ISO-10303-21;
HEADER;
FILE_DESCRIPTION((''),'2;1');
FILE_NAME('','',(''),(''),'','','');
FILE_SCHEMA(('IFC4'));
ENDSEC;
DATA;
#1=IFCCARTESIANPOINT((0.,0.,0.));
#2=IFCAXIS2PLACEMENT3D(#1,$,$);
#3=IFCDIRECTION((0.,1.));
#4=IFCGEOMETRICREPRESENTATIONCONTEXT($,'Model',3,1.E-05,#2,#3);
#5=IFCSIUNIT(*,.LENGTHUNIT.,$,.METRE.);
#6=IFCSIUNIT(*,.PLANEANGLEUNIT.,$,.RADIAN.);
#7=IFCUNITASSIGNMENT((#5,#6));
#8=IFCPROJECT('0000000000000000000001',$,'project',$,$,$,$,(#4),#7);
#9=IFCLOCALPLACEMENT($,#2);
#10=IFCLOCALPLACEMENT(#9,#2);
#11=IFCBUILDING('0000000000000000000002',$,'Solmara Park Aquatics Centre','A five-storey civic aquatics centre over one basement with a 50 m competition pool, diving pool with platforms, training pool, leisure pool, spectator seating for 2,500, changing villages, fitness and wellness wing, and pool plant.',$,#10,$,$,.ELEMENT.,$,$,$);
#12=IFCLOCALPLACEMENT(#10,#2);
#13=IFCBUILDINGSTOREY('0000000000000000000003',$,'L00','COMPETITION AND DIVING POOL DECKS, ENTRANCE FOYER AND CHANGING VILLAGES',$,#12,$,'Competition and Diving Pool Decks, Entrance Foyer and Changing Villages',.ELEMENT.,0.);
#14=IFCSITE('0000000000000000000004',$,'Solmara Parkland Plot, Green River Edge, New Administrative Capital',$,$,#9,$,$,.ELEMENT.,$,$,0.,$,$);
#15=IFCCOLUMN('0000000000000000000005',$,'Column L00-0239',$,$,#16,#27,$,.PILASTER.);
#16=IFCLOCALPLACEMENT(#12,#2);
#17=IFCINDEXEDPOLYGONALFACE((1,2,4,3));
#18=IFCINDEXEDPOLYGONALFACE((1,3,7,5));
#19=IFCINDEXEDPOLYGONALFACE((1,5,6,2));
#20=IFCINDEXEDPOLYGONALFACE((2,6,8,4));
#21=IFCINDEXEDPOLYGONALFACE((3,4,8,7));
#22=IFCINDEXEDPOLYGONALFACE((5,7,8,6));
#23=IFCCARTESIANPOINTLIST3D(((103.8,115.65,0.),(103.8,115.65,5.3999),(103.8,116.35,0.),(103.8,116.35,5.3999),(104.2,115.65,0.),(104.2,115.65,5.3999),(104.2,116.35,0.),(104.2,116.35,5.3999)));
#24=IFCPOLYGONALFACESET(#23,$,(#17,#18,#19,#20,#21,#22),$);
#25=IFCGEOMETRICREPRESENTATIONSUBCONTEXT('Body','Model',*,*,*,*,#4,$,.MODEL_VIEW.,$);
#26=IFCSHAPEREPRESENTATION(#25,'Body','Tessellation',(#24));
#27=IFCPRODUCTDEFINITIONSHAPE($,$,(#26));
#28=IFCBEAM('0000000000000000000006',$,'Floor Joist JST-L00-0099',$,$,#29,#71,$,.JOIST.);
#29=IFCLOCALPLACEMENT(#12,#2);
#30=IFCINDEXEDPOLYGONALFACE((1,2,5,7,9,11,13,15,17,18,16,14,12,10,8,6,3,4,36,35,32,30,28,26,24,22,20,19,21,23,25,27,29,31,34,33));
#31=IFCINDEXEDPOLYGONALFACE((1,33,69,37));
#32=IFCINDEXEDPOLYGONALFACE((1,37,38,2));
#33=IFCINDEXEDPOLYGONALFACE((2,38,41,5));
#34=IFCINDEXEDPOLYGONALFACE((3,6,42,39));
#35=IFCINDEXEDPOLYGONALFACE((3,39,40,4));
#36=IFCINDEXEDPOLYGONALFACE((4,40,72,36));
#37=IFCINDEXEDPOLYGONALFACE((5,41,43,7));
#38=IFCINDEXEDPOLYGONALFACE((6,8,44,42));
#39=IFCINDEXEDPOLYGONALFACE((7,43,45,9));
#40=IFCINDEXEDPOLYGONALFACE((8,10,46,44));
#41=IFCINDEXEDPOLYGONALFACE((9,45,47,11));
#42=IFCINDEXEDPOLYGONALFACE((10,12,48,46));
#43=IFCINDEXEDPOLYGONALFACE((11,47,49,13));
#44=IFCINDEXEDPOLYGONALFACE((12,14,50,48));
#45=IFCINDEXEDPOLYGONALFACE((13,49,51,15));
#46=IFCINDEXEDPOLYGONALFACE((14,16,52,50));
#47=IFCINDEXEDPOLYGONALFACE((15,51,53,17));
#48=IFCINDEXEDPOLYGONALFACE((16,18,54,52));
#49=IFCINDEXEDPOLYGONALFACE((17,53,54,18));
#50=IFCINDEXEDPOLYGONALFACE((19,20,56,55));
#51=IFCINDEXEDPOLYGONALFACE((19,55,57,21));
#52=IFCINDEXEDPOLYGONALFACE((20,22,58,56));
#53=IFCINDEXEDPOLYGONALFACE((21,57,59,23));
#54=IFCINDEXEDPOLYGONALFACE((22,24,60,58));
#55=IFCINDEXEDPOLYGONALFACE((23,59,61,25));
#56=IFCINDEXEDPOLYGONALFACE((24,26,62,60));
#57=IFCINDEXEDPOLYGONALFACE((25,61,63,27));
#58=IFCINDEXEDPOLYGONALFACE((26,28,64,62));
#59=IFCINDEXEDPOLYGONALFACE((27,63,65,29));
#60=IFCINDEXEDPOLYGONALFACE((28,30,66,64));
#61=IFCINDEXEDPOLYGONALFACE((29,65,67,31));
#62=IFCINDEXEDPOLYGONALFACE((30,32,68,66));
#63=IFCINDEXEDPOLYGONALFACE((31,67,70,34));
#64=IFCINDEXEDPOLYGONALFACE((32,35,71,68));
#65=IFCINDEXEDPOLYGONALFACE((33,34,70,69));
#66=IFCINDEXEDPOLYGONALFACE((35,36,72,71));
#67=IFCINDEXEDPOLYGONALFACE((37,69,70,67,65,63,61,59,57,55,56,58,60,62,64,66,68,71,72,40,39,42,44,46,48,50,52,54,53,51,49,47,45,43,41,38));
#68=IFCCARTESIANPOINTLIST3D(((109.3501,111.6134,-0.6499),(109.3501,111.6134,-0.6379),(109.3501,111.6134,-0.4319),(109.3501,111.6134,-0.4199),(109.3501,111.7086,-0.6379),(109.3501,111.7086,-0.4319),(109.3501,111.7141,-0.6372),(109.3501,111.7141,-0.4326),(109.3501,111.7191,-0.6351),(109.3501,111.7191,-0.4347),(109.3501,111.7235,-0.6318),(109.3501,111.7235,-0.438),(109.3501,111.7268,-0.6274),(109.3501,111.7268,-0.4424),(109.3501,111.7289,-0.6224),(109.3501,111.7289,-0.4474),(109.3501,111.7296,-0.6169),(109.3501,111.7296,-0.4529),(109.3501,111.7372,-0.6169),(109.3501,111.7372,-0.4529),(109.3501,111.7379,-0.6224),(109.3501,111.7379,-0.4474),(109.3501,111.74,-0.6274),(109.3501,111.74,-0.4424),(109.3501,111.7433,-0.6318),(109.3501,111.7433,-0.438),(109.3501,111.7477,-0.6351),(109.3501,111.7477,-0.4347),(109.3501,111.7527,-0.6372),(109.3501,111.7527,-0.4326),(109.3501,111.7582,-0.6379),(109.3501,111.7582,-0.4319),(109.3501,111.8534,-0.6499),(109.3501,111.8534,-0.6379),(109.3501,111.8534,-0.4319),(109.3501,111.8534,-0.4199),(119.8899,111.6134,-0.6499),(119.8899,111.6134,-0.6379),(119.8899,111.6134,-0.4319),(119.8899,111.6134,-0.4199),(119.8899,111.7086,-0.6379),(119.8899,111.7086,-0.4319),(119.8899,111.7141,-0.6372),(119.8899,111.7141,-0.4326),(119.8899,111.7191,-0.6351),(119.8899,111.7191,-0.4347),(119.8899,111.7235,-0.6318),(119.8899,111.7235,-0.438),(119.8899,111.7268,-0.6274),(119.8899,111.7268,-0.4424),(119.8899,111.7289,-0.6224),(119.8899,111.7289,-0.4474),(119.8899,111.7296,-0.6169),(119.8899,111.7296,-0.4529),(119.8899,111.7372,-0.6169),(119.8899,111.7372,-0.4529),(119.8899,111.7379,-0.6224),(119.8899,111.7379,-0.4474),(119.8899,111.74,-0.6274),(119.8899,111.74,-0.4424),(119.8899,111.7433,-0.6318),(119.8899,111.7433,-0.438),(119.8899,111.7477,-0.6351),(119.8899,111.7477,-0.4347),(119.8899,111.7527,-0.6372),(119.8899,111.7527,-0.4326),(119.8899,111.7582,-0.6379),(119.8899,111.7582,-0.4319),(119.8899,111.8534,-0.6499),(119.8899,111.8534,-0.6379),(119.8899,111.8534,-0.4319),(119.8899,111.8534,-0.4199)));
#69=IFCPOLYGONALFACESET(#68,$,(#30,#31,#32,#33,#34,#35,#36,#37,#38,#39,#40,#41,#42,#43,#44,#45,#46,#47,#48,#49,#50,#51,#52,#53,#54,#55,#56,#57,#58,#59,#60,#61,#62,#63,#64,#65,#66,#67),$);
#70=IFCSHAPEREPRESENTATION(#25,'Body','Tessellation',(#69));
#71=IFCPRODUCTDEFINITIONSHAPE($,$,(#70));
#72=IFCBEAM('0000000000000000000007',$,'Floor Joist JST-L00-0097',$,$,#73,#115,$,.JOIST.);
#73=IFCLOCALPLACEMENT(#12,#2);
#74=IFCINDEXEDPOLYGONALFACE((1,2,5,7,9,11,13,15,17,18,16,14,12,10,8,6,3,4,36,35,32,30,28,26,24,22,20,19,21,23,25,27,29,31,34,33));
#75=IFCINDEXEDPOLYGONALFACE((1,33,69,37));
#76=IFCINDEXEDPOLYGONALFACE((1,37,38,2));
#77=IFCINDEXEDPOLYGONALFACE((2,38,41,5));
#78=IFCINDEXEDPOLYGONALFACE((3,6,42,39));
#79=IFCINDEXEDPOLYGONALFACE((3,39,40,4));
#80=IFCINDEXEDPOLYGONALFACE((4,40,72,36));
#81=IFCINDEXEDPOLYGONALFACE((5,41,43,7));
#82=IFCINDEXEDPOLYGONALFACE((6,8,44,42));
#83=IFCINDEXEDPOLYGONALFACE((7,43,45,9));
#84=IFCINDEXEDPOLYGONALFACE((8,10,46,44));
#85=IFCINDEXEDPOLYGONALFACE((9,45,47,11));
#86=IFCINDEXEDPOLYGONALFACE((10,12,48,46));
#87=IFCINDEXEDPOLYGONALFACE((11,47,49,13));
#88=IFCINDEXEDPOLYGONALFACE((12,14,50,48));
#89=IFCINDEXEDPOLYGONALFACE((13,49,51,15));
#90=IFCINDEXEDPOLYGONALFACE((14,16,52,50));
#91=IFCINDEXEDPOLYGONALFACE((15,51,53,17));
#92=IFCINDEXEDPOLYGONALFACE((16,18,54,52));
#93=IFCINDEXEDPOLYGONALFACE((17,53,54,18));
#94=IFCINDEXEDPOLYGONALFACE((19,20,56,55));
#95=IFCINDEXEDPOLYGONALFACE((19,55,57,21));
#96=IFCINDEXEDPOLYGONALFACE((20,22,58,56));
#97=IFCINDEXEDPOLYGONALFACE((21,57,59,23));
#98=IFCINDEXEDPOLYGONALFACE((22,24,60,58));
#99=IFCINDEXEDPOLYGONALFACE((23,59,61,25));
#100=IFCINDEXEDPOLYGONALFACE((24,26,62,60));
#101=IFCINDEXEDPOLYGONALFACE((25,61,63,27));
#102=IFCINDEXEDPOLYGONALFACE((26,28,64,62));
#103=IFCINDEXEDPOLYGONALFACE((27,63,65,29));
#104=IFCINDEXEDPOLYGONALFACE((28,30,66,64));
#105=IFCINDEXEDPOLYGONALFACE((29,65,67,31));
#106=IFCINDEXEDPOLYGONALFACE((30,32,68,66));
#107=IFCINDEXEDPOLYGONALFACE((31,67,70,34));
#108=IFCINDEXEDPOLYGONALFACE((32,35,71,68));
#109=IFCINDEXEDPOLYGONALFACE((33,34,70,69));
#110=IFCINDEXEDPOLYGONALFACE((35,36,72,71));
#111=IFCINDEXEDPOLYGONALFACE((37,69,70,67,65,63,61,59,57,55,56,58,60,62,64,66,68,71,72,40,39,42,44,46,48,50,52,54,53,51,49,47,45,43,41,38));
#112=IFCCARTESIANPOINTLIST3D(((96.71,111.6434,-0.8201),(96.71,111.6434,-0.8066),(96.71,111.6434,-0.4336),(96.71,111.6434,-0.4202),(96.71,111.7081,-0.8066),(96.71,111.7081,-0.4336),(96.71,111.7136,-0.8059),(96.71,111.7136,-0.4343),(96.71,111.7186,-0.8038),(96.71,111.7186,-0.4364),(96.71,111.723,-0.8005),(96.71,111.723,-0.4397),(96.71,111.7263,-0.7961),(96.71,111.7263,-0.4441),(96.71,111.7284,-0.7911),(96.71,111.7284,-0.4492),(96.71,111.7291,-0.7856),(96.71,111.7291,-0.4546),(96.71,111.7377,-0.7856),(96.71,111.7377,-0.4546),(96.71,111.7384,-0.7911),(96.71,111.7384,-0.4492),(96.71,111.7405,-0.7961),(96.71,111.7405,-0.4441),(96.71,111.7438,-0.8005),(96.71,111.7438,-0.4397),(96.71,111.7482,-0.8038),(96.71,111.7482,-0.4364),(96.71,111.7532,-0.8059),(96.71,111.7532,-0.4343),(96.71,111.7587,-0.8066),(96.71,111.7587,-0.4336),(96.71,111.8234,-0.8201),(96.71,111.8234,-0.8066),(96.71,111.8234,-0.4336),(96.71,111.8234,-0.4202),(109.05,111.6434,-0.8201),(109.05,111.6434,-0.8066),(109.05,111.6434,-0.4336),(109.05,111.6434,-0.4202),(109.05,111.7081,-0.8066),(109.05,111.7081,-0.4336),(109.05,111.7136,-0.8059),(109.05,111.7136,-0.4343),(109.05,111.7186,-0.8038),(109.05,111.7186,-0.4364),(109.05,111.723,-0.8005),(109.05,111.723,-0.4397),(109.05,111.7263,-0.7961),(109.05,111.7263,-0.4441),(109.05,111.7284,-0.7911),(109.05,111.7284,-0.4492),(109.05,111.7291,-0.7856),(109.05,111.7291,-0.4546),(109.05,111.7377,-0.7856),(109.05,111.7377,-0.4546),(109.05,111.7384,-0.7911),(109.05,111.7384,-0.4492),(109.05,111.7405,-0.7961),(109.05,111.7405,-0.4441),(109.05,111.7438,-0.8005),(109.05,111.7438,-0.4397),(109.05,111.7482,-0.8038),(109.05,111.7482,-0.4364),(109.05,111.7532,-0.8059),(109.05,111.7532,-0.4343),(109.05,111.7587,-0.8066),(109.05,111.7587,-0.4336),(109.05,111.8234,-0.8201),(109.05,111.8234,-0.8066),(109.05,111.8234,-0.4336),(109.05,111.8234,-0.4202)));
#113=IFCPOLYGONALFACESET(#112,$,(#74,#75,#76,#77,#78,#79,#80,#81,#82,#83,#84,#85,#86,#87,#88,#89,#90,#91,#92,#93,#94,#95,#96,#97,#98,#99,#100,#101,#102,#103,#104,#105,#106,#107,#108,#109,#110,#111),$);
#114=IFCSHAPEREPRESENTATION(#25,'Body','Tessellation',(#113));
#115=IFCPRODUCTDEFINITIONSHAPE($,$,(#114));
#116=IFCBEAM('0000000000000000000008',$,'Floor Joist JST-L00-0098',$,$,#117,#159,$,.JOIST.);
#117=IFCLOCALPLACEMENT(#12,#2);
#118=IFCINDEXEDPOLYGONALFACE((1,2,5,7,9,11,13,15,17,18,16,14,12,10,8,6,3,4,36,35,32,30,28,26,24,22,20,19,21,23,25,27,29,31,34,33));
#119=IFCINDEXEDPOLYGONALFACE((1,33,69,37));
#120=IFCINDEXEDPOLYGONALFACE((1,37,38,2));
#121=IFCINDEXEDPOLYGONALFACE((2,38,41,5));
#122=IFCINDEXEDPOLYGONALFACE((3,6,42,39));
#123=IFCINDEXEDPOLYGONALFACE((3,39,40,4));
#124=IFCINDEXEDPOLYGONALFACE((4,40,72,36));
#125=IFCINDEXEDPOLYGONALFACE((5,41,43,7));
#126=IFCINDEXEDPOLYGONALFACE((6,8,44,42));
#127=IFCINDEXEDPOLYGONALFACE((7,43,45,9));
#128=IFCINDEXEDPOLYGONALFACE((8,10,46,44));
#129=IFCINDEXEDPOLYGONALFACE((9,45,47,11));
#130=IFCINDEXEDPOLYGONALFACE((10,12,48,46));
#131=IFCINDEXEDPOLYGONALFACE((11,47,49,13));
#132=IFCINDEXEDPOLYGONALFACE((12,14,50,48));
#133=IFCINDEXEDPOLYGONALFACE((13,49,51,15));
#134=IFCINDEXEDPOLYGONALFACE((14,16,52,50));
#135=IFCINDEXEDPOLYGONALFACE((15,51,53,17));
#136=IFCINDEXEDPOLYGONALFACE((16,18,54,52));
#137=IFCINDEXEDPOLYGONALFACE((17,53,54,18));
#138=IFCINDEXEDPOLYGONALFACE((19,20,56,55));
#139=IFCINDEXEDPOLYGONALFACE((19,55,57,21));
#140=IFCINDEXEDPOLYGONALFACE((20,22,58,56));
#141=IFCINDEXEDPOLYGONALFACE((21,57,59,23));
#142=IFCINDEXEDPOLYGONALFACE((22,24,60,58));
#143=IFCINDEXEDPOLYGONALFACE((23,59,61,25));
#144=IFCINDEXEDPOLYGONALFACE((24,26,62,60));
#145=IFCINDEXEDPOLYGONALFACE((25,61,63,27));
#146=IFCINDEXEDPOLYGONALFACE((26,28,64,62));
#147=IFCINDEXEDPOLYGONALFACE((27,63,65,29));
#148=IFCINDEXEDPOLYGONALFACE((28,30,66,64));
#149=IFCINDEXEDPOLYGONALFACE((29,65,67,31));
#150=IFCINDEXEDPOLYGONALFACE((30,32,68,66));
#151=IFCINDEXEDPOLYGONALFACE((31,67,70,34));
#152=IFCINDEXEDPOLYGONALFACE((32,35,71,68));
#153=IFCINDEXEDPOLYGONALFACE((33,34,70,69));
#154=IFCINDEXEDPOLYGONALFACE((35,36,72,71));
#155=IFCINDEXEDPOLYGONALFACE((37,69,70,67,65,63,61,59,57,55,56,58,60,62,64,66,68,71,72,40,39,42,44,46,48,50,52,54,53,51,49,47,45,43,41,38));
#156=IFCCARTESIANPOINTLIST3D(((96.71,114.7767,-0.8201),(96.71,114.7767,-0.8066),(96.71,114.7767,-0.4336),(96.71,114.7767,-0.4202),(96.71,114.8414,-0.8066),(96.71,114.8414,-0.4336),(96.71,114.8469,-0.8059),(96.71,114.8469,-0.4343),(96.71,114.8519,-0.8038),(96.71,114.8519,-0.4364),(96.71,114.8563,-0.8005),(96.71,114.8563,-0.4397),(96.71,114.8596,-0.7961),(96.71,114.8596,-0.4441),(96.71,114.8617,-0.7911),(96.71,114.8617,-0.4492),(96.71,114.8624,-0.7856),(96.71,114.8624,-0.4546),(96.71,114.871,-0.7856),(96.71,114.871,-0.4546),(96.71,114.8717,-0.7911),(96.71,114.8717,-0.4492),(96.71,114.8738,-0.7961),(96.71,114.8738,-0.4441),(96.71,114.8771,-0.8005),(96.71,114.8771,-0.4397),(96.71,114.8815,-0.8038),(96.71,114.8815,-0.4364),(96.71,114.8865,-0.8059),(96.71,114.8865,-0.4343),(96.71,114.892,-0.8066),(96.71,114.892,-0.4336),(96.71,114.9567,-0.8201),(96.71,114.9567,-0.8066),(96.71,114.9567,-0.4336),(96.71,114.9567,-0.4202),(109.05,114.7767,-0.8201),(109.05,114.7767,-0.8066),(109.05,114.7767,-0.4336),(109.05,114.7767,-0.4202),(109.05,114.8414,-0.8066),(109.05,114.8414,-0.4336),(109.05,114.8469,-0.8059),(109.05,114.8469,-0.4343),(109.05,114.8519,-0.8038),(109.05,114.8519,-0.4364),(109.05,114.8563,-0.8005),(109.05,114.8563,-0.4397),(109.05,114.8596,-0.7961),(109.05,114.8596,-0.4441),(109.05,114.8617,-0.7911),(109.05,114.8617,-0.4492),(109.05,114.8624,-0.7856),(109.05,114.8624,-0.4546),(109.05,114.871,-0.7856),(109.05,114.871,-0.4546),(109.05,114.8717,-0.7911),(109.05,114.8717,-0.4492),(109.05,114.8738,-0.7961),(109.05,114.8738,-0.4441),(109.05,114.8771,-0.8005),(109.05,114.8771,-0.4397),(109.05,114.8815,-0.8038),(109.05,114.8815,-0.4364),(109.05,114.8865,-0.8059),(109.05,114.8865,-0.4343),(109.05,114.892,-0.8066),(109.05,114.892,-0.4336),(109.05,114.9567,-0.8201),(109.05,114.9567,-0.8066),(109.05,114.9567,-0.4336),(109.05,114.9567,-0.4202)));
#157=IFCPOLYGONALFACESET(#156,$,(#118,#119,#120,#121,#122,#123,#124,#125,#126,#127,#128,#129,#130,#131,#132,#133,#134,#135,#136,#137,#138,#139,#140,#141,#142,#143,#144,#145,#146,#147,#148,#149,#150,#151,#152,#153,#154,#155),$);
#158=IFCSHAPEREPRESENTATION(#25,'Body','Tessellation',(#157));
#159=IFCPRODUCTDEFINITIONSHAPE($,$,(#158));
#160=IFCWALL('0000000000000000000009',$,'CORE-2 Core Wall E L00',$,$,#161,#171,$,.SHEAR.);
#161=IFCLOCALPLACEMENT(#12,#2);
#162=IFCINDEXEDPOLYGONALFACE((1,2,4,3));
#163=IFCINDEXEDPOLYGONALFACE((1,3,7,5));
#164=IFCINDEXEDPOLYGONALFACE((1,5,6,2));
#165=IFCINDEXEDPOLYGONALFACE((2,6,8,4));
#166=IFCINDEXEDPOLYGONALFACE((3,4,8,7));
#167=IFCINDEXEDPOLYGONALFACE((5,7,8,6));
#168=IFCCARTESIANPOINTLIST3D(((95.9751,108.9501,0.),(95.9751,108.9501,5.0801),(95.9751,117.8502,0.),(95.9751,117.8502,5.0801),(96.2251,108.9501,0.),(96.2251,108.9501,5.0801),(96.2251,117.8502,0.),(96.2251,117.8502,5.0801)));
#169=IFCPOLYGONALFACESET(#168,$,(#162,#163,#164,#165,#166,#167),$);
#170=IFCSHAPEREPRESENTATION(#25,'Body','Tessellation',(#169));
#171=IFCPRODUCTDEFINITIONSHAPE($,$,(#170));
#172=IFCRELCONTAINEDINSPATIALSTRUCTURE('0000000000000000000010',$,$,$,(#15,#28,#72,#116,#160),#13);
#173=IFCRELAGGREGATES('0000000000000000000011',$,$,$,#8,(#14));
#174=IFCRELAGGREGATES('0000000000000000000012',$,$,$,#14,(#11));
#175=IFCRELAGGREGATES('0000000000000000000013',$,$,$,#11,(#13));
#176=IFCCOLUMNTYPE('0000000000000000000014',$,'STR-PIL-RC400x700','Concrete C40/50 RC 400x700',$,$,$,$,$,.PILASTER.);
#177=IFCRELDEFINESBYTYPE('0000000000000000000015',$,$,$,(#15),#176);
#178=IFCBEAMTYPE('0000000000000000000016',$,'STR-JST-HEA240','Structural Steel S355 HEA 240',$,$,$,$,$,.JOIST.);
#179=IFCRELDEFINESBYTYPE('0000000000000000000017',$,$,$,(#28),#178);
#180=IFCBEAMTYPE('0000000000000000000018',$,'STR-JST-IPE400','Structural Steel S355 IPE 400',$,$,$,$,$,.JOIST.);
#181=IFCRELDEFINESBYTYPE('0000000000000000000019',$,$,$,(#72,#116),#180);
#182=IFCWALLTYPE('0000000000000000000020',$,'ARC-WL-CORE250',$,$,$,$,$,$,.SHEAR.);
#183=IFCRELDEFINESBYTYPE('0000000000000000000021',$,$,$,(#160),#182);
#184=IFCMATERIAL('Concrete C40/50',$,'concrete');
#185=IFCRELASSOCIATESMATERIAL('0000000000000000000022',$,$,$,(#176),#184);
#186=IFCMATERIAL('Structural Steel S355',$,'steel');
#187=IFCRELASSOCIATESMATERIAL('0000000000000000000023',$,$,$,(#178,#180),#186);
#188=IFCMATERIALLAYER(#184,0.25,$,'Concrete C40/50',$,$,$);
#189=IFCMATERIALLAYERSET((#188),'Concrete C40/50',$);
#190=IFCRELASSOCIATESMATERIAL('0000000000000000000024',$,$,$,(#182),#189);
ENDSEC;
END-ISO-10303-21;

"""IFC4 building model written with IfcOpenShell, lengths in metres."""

from ifc_helpers import new_model, si_unit, direction, frame, frame_2d, origin, origin_2d, place, context, subcontext, project, spatial, rectangle, i_section, extrude, material, layer, layer_set, material_profile, profile_set, type_object, element, save


model = new_model("IFC4")

# Units and contexts
model_context = context("Model", 3, precision=1e-05, world=origin(), true_north=direction((0.0, 1.0)))
body_context = subcontext(model_context, "Body", "Model", "MODEL_VIEW")
ifc_project = project(units=[si_unit("LENGTHUNIT", "METRE"), si_unit("PLANEANGLEUNIT", "RADIAN")], contexts=[model_context])

# Site, building, storey
site_placement = place(None, origin())
site = spatial("IfcSite", under=ifc_project, at=site_placement, Name="Solmara Parkland Plot, Green River Edge, New Administrative Capital", CompositionType="ELEMENT", RefElevation=0.0)
building_placement = place(site_placement, origin())
building = spatial("IfcBuilding", under=site, at=building_placement, Name="Solmara Park Aquatics Centre", Description="A five-storey civic aquatics centre over one basement with a 50 m competition pool, diving pool with platforms, training pool, leisure pool, spectator seating for 2,500, changing villages, fitness and wellness wing, and pool plant.", CompositionType="ELEMENT")
storey_placement = place(building_placement, origin())
storey = spatial("IfcBuildingStorey", under=building, at=storey_placement, Name="L00", Description="COMPETITION AND DIVING POOL DECKS, ENTRANCE FOYER AND CHANGING VILLAGES", LongName="Competition and Diving Pool Decks, Entrance Foyer and Changing Villages", CompositionType="ELEMENT", Elevation=0.0)

# Column
ifc_material_1 = material(Name="Concrete C40/50", Category="concrete")
ifc_material_profile_1 = material_profile(ifc_material_1, rectangle(XDim=0.3999, YDim=0.7, at=origin_2d()), Name="RC 400x700")
ifc_profile_set_1 = profile_set([ifc_material_profile_1], Name="Concrete C40/50")
column_type = type_object("IfcColumnType", Name="STR-PIL-RC400x700", Description="Concrete C40/50 RC 400x700", PredefinedType="PILASTER", material=ifc_profile_set_1)
column_placement = place(storey_placement, frame((104.0, 116.0, 0.0), z_axis=(0.0, 0.0, 1.0), x_axis=(1.0, 0.0, 0.0)))
element("IfcColumn", 1, at=column_placement, inside=storey, type_object=column_type, Name="Column L00-0239", PredefinedType="PILASTER", context=body_context, shape_type="SweptSolid", body=[
    extrude(rectangle(XDim=0.3999, YDim=0.7, at=origin_2d()), origin(), (0.0, 0.0, 1.0), 5.3999),
])

# Beams
ifc_material_2 = material(Name="Structural Steel S355", Category="steel")
ifc_material_profile_2 = material_profile(ifc_material_2, i_section(OverallWidth=0.24, OverallDepth=0.23, WebThickness=0.0076, FlangeThickness=0.012, FilletRadius=0.021, at=origin_2d()), Name="HEA 240")
ifc_profile_set_2 = profile_set([ifc_material_profile_2], Name="Structural Steel S355")
beam_type_1 = type_object("IfcBeamType", Name="STR-JST-HEA240", Description="Structural Steel S355 HEA 240", PredefinedType="JOIST", material=ifc_profile_set_2)
beam_placement = place(storey_placement, frame((109.3501, 111.7334, -0.5349), z_axis=(1.0, 0.0, 0.0), x_axis=(0.0, 1.0, 0.0)))
element("IfcBeam", 2, at=beam_placement, inside=storey, type_object=beam_type_1, Name="Floor Joist JST-L00-0099", PredefinedType="JOIST", context=body_context, shape_type="SweptSolid", body=[
    extrude(i_section(OverallWidth=0.24, OverallDepth=0.23, WebThickness=0.0076, FlangeThickness=0.012, FilletRadius=0.021, at=origin_2d()), origin(), (0.0, 0.0, 1.0), 10.5398),
])
ifc_material_profile_3 = material_profile(ifc_material_2, i_section(OverallWidth=0.1799, OverallDepth=0.3999, WebThickness=0.0085, FlangeThickness=0.0134, FilletRadius=0.021, at=origin_2d()), Name="IPE 400")
ifc_profile_set_3 = profile_set([ifc_material_profile_3], Name="Structural Steel S355")
beam_type_2 = type_object("IfcBeamType", Name="STR-JST-IPE400", Description="Structural Steel S355 IPE 400", PredefinedType="JOIST", material=ifc_profile_set_3)
for number, where, z_axis, x_axis, name in (
    (3, (96.71, 111.7334, -0.6201), (1.0, 0.0, 0.0), (0.0, 1.0, 0.0), "Floor Joist JST-L00-0097"),
    (4, (96.71, 114.8667, -0.6201), (1.0, 0.0, 0.0), (0.0, 1.0, 0.0), "Floor Joist JST-L00-0098"),
):
    element("IfcBeam", number, at=place(storey_placement, frame(where, z_axis=z_axis, x_axis=x_axis)), inside=storey, type_object=beam_type_2, Name=name, PredefinedType="JOIST", context=body_context, shape_type="SweptSolid", body=[
        extrude(i_section(OverallWidth=0.1799, OverallDepth=0.3999, WebThickness=0.0085, FlangeThickness=0.0134, FilletRadius=0.021, at=origin_2d()), origin(), (0.0, 0.0, 1.0), 12.3401),
    ])

# Wall
ifc_layer_1 = layer(ifc_material_1, 0.25, Name="Concrete C40/50")
ifc_layer_set_1 = layer_set([ifc_layer_1], Name="Concrete C40/50")
wall_type_1 = type_object("IfcWallType", Name="ARC-WL-CORE250", PredefinedType="SHEAR", material=ifc_layer_set_1)
wall_1_placement = place(storey_placement, frame((96.1001, 108.95, 0.0), z_axis=(0.0, 0.0, 1.0), x_axis=(0.0, 1.0, 0.0)))
element("IfcWall", 5, at=wall_1_placement, inside=storey, type_object=wall_type_1, Name="CORE-2 Core Wall E L00", PredefinedType="SHEAR", context=body_context, shape_type="SweptSolid", body=[
    extrude(rectangle(XDim=8.9001, YDim=0.25, at=frame_2d((4.4502, 0.0))), origin(), (0.0, 0.0, 1.0), 5.0801),
])

save(model, "model.ifc")
